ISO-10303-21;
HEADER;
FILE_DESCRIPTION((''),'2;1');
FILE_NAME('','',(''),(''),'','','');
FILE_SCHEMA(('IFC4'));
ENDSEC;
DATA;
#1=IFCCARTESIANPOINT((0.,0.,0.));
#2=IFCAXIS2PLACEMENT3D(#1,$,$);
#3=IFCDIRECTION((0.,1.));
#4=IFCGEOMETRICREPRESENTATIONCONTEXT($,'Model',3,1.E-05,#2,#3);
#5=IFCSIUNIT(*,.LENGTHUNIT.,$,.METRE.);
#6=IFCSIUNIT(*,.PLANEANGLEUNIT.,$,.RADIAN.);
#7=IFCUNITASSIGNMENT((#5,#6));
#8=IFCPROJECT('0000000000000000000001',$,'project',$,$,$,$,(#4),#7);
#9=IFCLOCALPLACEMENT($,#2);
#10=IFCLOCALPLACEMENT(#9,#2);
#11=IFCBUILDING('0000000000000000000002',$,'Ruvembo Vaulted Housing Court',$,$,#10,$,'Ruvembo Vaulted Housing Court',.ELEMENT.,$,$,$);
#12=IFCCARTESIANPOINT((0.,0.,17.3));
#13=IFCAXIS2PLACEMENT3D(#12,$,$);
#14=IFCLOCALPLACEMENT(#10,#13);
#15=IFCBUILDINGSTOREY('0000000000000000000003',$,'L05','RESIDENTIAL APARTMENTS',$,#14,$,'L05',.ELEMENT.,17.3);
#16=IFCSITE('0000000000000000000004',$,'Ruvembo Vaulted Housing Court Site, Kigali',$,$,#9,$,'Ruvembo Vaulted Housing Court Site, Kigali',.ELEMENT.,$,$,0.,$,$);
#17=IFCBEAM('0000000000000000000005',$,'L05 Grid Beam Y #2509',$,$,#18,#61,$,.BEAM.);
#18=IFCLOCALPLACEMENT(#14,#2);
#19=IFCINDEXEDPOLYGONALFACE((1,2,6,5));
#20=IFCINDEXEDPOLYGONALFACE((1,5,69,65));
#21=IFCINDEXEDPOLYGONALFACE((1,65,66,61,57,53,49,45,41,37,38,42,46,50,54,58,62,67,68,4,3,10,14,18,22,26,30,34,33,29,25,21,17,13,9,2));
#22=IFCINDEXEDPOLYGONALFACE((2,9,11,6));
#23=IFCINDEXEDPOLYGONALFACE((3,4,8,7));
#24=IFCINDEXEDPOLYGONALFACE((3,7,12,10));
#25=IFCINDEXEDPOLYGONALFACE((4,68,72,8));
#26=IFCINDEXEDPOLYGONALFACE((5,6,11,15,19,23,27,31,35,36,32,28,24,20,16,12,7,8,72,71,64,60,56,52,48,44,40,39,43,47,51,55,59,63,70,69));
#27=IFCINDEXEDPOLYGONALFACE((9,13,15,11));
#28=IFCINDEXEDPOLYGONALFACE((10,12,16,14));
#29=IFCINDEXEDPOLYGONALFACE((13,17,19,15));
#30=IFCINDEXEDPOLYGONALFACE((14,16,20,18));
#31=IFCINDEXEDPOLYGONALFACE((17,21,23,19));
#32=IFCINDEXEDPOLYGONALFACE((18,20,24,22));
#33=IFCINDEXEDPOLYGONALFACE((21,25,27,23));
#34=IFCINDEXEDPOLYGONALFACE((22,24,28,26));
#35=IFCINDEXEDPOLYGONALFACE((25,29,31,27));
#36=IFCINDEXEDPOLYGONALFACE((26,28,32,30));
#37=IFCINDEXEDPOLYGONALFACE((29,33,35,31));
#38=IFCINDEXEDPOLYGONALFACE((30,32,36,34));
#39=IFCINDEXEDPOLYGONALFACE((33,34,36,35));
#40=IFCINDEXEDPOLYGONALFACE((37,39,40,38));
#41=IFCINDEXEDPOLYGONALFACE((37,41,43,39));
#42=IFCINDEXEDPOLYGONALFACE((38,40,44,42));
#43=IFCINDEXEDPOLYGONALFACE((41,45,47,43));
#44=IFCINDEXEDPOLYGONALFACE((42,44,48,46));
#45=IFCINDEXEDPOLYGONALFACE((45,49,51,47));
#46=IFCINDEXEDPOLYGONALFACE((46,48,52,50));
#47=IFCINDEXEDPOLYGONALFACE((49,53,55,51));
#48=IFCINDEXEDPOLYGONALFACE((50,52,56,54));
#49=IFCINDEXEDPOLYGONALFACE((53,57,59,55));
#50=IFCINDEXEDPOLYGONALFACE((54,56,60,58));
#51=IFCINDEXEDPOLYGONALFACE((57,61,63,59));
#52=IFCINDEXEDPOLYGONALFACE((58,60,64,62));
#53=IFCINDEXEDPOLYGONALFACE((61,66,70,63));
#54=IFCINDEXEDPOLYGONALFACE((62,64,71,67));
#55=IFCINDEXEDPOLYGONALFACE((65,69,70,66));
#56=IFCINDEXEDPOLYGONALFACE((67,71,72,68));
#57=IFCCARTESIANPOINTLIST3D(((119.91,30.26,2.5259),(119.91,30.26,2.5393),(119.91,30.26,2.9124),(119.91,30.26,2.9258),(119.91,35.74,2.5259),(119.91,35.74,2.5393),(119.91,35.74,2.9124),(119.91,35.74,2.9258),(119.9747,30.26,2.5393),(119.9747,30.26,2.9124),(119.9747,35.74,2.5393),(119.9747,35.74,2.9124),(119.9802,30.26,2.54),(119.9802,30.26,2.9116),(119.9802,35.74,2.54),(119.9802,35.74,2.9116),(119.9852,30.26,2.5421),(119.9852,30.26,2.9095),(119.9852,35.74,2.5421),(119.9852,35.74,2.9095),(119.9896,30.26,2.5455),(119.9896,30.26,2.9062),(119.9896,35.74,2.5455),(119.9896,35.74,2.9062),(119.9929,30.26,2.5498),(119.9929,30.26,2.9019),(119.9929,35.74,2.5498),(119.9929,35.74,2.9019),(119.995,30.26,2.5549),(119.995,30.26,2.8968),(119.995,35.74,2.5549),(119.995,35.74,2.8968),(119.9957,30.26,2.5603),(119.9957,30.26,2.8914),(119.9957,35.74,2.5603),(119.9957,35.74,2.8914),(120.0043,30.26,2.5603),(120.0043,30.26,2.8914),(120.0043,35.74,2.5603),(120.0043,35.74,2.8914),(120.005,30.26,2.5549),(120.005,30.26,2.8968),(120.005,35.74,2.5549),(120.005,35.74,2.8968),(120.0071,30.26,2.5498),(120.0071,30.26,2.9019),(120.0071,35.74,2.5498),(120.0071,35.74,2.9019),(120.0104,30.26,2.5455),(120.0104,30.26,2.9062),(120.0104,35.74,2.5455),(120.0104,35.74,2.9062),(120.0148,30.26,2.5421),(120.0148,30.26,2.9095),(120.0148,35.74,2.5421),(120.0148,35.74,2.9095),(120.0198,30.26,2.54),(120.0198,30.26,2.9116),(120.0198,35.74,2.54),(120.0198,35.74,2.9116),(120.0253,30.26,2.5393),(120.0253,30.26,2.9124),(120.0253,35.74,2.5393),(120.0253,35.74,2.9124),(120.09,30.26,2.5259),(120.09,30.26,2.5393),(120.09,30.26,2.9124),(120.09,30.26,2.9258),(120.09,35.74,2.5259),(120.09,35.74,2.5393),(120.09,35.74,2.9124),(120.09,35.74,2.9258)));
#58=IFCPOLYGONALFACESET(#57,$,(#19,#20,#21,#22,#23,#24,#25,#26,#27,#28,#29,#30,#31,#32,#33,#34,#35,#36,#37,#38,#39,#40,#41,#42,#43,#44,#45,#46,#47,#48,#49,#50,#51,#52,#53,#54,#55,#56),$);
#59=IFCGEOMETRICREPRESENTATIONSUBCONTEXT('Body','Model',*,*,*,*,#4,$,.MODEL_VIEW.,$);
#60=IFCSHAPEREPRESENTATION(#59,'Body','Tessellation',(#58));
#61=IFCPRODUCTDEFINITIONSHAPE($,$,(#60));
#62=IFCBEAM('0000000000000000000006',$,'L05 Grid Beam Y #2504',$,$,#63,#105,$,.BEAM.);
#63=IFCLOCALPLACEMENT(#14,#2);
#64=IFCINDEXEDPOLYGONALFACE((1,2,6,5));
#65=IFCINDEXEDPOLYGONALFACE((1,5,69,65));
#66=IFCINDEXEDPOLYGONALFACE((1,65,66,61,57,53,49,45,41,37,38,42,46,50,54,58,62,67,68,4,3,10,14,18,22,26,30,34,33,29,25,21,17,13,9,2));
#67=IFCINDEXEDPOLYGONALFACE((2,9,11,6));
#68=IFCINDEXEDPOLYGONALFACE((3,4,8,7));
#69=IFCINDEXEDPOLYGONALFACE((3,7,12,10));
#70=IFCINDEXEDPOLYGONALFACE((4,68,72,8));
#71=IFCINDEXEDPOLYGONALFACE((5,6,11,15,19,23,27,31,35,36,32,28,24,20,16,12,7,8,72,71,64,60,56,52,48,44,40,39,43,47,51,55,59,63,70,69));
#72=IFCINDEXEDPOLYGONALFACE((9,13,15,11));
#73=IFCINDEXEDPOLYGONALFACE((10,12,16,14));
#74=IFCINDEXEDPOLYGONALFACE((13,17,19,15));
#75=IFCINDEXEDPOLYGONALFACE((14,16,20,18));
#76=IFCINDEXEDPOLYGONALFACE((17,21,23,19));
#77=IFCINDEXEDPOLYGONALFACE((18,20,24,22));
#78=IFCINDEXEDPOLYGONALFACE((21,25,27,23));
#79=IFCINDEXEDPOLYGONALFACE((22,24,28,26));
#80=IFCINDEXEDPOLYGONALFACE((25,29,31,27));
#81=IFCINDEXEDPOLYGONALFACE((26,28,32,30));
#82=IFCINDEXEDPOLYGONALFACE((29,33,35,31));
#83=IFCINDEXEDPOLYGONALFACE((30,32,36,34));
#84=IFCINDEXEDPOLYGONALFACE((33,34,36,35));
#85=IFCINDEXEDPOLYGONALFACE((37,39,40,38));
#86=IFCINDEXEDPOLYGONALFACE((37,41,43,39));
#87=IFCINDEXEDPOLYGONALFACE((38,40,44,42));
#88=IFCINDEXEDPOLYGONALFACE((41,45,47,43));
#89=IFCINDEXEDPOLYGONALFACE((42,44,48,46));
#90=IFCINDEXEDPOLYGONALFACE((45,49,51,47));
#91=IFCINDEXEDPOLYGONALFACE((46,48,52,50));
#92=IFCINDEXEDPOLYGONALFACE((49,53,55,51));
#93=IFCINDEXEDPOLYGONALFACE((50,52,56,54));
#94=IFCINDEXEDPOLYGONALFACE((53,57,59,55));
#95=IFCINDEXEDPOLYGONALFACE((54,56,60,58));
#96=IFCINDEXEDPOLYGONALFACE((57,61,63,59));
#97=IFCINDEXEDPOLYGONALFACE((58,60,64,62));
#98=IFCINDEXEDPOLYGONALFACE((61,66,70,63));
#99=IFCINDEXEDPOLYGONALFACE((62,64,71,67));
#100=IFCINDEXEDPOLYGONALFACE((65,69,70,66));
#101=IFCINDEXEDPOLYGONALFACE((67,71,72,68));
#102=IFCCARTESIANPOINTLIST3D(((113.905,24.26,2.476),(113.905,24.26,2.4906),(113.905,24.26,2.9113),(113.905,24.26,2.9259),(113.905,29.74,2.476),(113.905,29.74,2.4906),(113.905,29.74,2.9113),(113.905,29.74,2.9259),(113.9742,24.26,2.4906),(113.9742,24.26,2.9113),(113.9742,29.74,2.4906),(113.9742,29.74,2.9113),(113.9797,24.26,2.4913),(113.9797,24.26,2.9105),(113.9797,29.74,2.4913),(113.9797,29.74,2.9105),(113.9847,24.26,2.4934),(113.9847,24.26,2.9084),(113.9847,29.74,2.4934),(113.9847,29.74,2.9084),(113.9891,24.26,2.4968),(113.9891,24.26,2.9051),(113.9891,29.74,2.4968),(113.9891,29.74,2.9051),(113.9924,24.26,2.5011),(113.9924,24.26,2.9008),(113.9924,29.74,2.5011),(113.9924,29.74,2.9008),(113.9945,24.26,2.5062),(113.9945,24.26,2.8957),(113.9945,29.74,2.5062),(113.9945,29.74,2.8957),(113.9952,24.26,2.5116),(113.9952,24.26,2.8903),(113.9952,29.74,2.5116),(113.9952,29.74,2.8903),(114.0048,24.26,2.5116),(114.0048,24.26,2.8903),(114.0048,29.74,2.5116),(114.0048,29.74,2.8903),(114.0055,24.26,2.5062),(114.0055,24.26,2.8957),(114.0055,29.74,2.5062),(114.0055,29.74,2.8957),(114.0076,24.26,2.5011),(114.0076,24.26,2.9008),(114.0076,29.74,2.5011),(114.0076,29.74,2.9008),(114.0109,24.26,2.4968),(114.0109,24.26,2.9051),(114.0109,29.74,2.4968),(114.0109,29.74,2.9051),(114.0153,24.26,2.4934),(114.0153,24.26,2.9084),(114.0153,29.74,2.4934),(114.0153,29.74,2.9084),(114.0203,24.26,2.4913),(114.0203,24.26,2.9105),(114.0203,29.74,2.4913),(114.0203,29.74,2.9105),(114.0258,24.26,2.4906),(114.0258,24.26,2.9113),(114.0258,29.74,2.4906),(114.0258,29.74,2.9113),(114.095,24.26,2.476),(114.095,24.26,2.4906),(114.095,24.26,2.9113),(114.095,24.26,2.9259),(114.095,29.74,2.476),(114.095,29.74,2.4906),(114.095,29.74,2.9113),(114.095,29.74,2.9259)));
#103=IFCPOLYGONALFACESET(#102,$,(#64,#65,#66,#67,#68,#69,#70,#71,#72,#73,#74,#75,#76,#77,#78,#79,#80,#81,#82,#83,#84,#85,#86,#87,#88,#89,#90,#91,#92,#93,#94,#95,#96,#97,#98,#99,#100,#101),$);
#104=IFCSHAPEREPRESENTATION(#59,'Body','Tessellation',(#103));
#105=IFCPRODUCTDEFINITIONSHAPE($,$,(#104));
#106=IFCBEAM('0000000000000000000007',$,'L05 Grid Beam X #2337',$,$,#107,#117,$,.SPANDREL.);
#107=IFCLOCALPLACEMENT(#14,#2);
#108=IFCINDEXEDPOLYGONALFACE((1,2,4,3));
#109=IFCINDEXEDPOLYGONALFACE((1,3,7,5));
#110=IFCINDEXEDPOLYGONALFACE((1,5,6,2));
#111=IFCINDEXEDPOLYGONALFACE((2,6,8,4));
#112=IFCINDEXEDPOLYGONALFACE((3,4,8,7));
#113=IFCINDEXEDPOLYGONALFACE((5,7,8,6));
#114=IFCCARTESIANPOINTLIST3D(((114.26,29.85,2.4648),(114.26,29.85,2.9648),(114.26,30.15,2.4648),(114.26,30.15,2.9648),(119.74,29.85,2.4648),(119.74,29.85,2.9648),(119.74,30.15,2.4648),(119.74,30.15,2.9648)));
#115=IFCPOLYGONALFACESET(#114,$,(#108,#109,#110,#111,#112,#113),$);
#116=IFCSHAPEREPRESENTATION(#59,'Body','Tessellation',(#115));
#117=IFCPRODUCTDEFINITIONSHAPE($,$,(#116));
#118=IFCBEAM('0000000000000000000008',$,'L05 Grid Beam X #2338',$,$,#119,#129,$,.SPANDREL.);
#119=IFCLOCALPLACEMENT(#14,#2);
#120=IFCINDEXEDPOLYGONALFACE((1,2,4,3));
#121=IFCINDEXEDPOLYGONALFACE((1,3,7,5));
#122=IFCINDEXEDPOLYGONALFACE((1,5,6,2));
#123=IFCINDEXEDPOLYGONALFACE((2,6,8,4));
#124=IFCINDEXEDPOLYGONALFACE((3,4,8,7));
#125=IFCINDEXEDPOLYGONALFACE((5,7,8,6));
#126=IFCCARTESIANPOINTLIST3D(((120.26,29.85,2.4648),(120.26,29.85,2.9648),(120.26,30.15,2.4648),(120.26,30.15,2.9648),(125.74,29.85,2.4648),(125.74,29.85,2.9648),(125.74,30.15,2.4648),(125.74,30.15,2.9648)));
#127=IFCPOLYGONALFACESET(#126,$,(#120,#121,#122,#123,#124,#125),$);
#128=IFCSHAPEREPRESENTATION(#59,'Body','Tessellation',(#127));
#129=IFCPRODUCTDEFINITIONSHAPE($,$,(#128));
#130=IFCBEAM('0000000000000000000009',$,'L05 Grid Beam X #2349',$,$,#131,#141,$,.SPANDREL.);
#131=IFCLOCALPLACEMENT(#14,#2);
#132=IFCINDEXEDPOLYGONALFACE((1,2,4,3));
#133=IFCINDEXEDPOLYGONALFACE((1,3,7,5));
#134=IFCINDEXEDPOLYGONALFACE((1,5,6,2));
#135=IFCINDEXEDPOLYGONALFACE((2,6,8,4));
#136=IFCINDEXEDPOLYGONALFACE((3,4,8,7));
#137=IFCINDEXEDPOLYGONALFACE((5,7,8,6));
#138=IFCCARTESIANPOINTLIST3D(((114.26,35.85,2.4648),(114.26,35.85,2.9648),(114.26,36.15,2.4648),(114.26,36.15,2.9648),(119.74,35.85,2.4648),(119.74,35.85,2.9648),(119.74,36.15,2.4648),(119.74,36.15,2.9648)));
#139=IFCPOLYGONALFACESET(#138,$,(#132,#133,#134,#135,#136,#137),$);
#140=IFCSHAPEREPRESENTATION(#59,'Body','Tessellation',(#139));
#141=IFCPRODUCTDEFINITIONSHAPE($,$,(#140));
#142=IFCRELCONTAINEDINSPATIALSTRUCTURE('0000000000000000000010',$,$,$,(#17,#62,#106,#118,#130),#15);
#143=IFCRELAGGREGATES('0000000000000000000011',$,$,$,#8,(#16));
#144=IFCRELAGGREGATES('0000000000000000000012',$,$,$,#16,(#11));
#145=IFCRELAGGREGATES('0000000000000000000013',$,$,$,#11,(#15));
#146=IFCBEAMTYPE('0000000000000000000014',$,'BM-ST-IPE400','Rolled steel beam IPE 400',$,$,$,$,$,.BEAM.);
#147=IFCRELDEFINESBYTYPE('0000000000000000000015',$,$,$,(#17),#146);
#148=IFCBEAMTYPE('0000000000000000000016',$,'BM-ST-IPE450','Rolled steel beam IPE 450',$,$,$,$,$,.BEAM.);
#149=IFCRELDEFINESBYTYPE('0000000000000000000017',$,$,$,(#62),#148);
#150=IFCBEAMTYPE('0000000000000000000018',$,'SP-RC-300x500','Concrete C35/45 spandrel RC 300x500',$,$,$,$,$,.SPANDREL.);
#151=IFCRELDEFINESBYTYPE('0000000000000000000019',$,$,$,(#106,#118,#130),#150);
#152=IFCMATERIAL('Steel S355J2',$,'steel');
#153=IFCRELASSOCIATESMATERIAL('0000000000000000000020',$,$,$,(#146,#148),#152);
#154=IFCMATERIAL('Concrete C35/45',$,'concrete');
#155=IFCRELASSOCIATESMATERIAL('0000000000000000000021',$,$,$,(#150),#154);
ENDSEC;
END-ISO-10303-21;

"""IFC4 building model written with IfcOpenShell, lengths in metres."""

from ifc_helpers import new_model, si_unit, direction, frame, origin, origin_2d, place, context, subcontext, project, spatial, rectangle, i_section, extrude, material, material_profile, profile_set, type_object, element, save


model = new_model("IFC4")

# Units and contexts
model_context = context("Model", 3, precision=1e-05, world=origin(), true_north=direction((0.0, 1.0)))
body_context = subcontext(model_context, "Body", "Model", "MODEL_VIEW")
ifc_project = project(units=[si_unit("LENGTHUNIT", "METRE"), si_unit("PLANEANGLEUNIT", "RADIAN")], contexts=[model_context])

# Site, building, storey
site_placement = place(None, origin())
site = spatial("IfcSite", under=ifc_project, at=site_placement, Name="Ruvembo Vaulted Housing Court Site, Kigali", LongName="Ruvembo Vaulted Housing Court Site, Kigali", CompositionType="ELEMENT", RefElevation=0.0)
building_placement = place(site_placement, origin())
building = spatial("IfcBuilding", under=site, at=building_placement, Name="Ruvembo Vaulted Housing Court", LongName="Ruvembo Vaulted Housing Court", CompositionType="ELEMENT")
storey_placement = place(building_placement, frame((0.0, 0.0, 17.3)))
storey = spatial("IfcBuildingStorey", under=building, at=storey_placement, Name="L05", Description="RESIDENTIAL APARTMENTS", LongName="L05", CompositionType="ELEMENT", Elevation=17.3)

# Shared definitions
ifc_material_1 = material(Name="Concrete C35/45", Category="concrete")

# Beams
ifc_material_2 = material(Name="Steel S355J2", Category="steel")
ifc_material_profile_1 = material_profile(ifc_material_2, i_section(OverallWidth=0.1799, OverallDepth=0.3999, WebThickness=0.0085, FlangeThickness=0.0134, FilletRadius=0.021, at=origin_2d()), Name="IPE 400")
ifc_profile_set_1 = profile_set([ifc_material_profile_1], Name="Steel S355J2")
beam_type_1 = type_object("IfcBeamType", Name="BM-ST-IPE400", Description="Rolled steel beam IPE 400", PredefinedType="BEAM", material=ifc_profile_set_1)
for number, where, z_axis, x_axis, name in (
    (1, (120.0, 30.26, 2.7258), (0.0, 1.0, 0.0), (-1.0, 0.0, 0.0), "L05 Grid Beam Y #2509"),
):
    element("IfcBeam", number, at=place(storey_placement, frame(where, z_axis=z_axis, x_axis=x_axis)), inside=storey, type_object=beam_type_1, Name=name, PredefinedType="BEAM", context=body_context, shape_type="SweptSolid", body=[
        extrude(i_section(OverallWidth=0.1799, OverallDepth=0.3999, WebThickness=0.0085, FlangeThickness=0.0134, FilletRadius=0.021, at=origin_2d()), origin(), (0.0, 0.0, 1.0), 5.48),
    ])
ifc_material_profile_2 = material_profile(ifc_material_2, i_section(OverallWidth=0.1899, OverallDepth=0.45, WebThickness=0.0095, FlangeThickness=0.0146, FilletRadius=0.021, at=origin_2d()), Name="IPE 450")
ifc_profile_set_2 = profile_set([ifc_material_profile_2], Name="Steel S355J2")
beam_type_2 = type_object("IfcBeamType", Name="BM-ST-IPE450", Description="Rolled steel beam IPE 450", PredefinedType="BEAM", material=ifc_profile_set_2)
beam_placement = place(storey_placement, frame((114.0, 24.26, 2.7009), z_axis=(0.0, 1.0, 0.0), x_axis=(-1.0, 0.0, 0.0)))
element("IfcBeam", 2, at=beam_placement, inside=storey, type_object=beam_type_2, Name="L05 Grid Beam Y #2504", PredefinedType="BEAM", context=body_context, shape_type="SweptSolid", body=[
    extrude(i_section(OverallWidth=0.1899, OverallDepth=0.45, WebThickness=0.0095, FlangeThickness=0.0146, FilletRadius=0.021, at=origin_2d()), origin(), (0.0, 0.0, 1.0), 5.48),
])
ifc_material_profile_3 = material_profile(ifc_material_1, rectangle(XDim=0.3, YDim=0.5, at=origin_2d()), Name="RC 300x500")
ifc_profile_set_3 = profile_set([ifc_material_profile_3], Name="Concrete C35/45")
beam_type_3 = type_object("IfcBeamType", Name="SP-RC-300x500", Description="Concrete C35/45 spandrel RC 300x500", PredefinedType="SPANDREL", material=ifc_profile_set_3)
for number, where, z_axis, x_axis, name in (
    (3, (114.26, 30.0, 2.7148), (1.0, 0.0, 0.0), (0.0, 1.0, 0.0), "L05 Grid Beam X #2337"),
    (4, (120.26, 30.0, 2.7148), (1.0, 0.0, 0.0), (0.0, 1.0, 0.0), "L05 Grid Beam X #2338"),
    (5, (114.26, 36.0, 2.7148), (1.0, 0.0, 0.0), (0.0, 1.0, 0.0), "L05 Grid Beam X #2349"),
):
    element("IfcBeam", number, at=place(storey_placement, frame(where, z_axis=z_axis, x_axis=x_axis)), inside=storey, type_object=beam_type_3, Name=name, PredefinedType="SPANDREL", context=body_context, shape_type="SweptSolid", body=[
        extrude(rectangle(XDim=0.3, YDim=0.5, at=origin_2d()), origin(), (0.0, 0.0, 1.0), 5.48),
    ])

save(model, "model.ifc")
